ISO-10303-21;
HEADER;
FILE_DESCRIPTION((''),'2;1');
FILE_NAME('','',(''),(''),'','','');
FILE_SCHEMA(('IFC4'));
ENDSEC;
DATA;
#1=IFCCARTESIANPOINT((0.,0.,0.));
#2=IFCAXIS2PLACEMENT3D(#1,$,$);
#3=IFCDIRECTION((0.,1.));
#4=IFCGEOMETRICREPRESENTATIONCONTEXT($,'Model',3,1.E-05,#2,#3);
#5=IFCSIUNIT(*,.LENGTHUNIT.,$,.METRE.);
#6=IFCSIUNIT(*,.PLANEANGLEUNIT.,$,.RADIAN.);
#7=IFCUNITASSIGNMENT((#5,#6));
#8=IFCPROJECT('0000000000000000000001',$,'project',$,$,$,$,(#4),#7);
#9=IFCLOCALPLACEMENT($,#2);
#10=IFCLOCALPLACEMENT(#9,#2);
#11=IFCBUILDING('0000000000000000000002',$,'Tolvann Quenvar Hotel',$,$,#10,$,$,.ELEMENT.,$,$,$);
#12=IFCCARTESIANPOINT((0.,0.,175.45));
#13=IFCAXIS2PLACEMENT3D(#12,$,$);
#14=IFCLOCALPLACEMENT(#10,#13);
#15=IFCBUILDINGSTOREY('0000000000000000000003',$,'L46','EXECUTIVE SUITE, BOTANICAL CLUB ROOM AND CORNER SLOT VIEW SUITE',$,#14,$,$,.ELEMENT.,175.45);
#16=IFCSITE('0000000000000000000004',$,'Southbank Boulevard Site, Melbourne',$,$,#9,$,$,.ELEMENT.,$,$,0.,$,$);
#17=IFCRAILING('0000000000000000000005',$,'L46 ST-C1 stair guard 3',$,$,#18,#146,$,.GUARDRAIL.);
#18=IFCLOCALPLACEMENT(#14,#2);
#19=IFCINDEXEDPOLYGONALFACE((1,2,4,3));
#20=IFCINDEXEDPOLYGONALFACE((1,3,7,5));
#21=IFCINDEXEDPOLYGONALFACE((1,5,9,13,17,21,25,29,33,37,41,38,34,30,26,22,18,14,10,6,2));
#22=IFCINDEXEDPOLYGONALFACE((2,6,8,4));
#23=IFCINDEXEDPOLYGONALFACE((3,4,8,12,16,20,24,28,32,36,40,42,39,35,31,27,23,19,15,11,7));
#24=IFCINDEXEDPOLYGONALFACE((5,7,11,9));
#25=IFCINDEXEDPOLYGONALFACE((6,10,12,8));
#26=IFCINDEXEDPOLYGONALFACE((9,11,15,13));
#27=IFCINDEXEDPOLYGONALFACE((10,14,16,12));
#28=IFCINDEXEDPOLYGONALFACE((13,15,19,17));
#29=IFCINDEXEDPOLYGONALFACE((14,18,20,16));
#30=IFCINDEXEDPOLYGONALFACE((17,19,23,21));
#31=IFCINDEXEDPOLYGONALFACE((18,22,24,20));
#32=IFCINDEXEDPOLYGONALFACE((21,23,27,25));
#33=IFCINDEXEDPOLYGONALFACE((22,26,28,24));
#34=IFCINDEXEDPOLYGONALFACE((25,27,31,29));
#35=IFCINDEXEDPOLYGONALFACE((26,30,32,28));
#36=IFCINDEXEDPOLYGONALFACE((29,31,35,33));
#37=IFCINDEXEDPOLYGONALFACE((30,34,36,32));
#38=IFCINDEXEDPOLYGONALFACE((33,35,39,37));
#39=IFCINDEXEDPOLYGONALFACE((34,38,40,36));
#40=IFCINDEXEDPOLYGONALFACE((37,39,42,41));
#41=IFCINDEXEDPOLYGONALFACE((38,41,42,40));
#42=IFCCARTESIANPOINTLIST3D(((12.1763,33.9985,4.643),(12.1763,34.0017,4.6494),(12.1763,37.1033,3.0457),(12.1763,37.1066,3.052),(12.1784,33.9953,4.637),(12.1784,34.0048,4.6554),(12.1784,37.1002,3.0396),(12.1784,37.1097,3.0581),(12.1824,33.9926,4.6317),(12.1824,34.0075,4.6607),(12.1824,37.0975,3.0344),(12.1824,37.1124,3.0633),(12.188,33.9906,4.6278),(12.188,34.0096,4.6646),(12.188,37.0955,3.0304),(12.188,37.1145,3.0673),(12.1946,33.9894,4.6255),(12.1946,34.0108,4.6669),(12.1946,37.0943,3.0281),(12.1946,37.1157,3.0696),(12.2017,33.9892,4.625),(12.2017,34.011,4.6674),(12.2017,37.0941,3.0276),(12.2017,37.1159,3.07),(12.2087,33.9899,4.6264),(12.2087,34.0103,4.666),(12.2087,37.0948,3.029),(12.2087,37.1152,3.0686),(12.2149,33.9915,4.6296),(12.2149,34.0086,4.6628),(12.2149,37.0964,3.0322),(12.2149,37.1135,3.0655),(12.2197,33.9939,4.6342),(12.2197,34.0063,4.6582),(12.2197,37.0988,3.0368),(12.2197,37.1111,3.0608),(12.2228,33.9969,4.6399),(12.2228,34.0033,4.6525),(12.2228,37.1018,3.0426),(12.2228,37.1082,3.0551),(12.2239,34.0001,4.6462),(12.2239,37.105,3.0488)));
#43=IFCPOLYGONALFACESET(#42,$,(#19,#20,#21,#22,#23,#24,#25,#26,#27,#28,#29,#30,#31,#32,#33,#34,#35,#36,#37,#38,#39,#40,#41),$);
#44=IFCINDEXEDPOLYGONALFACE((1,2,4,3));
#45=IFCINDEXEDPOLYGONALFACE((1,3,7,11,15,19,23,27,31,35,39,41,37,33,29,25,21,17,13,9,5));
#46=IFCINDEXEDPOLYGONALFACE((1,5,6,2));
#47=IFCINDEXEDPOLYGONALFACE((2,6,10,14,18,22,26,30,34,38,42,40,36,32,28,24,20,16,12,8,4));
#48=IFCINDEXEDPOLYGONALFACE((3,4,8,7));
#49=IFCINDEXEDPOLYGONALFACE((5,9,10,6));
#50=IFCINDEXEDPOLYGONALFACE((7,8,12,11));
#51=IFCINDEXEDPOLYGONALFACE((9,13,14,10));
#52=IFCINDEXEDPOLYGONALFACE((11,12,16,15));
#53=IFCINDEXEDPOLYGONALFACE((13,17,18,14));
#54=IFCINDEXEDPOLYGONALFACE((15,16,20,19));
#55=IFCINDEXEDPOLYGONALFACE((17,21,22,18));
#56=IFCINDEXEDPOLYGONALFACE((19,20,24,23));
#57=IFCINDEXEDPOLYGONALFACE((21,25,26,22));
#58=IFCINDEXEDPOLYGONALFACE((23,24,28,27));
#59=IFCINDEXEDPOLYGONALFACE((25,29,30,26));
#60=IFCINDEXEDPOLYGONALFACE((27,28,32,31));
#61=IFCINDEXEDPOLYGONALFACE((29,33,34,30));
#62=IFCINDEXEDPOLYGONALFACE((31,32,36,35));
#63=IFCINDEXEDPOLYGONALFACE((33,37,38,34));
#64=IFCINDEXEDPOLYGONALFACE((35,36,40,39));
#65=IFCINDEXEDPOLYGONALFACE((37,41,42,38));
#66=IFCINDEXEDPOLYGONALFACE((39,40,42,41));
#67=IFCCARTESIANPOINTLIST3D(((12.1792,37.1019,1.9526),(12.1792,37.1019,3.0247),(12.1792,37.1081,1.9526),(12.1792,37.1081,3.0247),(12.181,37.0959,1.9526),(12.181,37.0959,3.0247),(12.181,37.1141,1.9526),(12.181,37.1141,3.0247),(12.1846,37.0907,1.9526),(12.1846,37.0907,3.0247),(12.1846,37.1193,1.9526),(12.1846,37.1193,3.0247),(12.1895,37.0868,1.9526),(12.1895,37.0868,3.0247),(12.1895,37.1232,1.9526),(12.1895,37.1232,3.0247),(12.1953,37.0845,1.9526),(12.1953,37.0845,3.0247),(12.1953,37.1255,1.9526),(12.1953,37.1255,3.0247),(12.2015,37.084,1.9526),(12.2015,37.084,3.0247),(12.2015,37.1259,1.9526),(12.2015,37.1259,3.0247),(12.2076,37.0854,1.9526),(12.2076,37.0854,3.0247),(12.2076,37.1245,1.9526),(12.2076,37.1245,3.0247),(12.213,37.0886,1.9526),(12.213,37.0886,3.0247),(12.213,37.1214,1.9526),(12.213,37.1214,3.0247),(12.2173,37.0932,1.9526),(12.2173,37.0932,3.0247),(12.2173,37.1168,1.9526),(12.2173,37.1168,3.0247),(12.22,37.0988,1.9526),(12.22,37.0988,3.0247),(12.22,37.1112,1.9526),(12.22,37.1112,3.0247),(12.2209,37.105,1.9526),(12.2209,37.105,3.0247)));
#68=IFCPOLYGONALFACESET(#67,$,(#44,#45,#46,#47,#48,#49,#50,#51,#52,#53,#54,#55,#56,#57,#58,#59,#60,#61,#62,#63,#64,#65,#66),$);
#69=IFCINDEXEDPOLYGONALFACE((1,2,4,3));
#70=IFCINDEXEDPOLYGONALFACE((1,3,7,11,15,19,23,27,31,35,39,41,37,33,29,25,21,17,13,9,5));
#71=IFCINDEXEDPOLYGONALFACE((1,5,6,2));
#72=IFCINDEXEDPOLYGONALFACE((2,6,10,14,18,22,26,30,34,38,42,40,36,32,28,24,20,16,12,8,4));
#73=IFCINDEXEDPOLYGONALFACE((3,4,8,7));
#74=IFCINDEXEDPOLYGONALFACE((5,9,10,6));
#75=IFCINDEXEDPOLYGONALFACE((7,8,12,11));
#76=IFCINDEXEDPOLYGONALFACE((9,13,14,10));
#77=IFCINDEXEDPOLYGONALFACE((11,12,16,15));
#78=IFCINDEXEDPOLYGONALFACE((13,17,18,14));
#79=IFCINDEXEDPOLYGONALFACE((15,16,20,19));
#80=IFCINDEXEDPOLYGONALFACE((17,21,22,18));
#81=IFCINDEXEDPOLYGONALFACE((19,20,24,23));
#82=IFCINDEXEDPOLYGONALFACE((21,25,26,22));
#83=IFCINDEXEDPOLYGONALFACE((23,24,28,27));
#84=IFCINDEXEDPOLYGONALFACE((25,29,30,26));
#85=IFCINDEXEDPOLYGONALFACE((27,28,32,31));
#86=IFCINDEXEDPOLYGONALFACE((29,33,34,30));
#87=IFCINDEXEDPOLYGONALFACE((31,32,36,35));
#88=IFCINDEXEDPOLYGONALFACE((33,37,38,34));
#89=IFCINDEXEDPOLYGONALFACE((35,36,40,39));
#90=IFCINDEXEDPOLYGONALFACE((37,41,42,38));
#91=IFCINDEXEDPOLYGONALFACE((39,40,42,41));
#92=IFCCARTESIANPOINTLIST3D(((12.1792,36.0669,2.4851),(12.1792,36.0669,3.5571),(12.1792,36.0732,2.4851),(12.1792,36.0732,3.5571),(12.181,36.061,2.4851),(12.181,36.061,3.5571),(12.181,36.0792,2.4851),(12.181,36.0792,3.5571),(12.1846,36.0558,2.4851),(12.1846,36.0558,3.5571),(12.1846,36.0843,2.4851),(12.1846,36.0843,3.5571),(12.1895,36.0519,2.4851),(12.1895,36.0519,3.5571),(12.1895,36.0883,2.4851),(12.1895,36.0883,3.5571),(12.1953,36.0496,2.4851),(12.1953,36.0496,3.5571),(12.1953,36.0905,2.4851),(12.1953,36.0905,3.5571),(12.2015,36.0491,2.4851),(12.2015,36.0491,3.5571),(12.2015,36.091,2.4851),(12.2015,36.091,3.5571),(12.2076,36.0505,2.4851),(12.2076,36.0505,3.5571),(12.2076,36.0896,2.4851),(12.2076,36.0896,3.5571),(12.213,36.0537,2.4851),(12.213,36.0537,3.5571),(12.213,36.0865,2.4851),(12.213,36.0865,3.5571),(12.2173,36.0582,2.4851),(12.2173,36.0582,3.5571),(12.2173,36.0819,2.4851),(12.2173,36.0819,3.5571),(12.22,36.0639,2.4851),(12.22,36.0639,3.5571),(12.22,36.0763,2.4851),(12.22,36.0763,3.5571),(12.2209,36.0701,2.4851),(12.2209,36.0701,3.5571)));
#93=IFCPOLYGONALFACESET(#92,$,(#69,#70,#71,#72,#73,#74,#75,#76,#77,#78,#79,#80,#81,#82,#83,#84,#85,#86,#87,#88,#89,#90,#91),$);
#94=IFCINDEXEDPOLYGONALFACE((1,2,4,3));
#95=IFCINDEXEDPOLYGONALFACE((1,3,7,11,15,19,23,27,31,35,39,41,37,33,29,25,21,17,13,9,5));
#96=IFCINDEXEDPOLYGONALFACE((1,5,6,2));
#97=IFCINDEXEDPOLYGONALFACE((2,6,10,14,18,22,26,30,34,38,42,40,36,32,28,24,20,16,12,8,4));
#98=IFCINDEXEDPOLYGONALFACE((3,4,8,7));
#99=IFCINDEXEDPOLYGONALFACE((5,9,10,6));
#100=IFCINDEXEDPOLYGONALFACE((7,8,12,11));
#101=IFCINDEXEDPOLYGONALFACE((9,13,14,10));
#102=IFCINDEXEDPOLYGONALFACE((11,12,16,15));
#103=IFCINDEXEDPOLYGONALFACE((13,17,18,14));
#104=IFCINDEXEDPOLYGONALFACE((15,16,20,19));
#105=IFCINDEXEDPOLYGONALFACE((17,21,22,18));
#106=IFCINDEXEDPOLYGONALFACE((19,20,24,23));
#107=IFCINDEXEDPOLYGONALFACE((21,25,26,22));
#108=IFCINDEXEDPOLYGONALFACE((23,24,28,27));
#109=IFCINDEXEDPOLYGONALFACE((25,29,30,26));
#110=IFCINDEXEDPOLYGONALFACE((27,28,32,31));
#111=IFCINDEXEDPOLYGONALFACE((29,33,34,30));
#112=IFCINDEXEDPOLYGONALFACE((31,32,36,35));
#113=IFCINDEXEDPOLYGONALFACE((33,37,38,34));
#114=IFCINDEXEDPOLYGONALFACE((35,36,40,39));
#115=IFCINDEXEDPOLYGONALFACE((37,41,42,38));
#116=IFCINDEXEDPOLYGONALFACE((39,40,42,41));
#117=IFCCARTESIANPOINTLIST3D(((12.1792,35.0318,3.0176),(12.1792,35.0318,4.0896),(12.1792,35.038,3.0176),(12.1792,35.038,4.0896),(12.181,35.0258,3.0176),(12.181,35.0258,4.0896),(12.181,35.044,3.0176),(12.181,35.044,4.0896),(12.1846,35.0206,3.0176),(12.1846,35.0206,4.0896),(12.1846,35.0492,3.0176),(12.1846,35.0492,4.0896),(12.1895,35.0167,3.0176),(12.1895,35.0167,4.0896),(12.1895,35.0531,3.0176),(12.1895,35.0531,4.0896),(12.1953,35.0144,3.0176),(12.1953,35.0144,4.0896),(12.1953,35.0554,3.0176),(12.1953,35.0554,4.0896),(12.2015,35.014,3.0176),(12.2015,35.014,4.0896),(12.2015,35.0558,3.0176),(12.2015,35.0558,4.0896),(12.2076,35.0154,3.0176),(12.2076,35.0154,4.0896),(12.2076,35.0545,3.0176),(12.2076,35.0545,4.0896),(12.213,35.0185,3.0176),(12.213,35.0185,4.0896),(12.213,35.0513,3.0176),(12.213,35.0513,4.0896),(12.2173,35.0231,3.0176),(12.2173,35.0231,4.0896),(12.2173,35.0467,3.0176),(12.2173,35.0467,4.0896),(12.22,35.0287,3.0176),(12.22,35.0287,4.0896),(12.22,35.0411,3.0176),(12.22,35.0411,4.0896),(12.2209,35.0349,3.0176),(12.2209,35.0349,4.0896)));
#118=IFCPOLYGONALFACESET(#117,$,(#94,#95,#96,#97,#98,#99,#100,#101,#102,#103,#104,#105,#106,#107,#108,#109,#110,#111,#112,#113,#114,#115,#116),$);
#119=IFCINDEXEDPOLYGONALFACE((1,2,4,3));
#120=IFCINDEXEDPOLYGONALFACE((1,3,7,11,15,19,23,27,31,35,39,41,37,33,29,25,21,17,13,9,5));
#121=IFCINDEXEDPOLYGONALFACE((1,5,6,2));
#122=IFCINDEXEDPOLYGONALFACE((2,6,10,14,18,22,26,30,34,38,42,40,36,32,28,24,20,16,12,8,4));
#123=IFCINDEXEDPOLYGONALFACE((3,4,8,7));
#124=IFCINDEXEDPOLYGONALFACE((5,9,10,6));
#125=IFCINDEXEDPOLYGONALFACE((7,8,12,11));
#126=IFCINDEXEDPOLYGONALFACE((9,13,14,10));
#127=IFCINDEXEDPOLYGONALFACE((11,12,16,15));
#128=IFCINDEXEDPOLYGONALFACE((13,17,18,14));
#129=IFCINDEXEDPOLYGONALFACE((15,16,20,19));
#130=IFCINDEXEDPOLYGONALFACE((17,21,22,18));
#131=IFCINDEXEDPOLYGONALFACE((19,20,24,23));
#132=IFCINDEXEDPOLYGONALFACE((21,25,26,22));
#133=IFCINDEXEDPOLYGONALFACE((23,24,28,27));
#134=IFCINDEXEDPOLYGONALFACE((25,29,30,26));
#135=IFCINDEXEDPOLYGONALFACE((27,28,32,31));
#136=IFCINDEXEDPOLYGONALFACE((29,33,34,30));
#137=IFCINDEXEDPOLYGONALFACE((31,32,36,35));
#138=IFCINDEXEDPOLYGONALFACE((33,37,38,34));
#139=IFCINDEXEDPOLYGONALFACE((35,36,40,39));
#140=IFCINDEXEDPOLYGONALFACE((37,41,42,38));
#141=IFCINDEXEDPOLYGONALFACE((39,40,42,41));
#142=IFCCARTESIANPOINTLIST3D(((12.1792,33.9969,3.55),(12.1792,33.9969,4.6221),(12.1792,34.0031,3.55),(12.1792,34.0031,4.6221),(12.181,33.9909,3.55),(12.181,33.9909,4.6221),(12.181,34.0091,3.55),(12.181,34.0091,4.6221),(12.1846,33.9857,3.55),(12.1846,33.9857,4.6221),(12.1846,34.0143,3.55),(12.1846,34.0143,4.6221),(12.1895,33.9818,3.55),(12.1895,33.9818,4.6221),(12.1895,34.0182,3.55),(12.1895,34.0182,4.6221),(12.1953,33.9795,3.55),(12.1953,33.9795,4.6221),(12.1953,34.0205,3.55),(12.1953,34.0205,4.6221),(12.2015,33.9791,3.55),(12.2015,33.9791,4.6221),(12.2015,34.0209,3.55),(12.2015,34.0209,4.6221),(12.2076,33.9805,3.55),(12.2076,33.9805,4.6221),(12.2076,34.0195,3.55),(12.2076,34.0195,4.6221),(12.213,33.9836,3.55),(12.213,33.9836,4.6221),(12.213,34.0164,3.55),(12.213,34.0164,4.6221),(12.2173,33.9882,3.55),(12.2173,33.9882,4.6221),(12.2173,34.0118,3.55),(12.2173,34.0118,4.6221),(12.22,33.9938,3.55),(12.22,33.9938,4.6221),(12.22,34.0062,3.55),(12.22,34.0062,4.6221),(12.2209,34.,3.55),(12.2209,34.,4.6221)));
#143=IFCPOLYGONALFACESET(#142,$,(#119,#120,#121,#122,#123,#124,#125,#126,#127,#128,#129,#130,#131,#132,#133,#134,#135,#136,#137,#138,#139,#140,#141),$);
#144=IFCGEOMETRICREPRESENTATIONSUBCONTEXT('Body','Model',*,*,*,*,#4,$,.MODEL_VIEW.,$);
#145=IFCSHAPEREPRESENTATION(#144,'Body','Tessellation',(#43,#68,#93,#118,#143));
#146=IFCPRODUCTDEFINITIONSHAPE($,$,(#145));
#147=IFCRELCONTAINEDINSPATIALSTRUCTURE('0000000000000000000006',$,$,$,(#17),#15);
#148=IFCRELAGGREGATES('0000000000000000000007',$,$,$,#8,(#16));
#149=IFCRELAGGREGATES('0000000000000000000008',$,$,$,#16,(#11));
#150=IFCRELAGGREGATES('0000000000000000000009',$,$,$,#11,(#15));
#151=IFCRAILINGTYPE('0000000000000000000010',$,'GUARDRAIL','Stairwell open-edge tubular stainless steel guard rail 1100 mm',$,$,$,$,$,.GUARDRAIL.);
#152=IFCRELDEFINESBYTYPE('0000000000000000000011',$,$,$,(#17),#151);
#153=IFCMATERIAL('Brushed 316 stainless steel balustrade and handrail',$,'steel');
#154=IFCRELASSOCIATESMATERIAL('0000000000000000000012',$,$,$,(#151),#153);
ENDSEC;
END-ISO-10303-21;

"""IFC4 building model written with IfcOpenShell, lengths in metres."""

from ifc_helpers import new_model, si_unit, direction, frame, origin, origin_2d, place, context, subcontext, project, spatial, circle, extrude, material, type_object, element, save


model = new_model("IFC4")

# Units and contexts
model_context = context("Model", 3, precision=1e-05, world=origin(), true_north=direction((0.0, 1.0)))
body_context = subcontext(model_context, "Body", "Model", "MODEL_VIEW")
ifc_project = project(units=[si_unit("LENGTHUNIT", "METRE"), si_unit("PLANEANGLEUNIT", "RADIAN")], contexts=[model_context])

# Site, building, storey
site_placement = place(None, origin())
site = spatial("IfcSite", under=ifc_project, at=site_placement, Name="Southbank Boulevard Site, Melbourne", CompositionType="ELEMENT", RefElevation=0.0)
building_placement = place(site_placement, origin())
building = spatial("IfcBuilding", under=site, at=building_placement, Name="Tolvann Quenvar Hotel", CompositionType="ELEMENT")
storey_placement = place(building_placement, frame((0.0, 0.0, 175.45)))
storey = spatial("IfcBuildingStorey", under=building, at=storey_placement, Name="L46", Description="EXECUTIVE SUITE, BOTANICAL CLUB ROOM AND CORNER SLOT VIEW SUITE", CompositionType="ELEMENT", Elevation=175.45)

# Railing
ifc_material_1 = material(Name="Brushed 316 stainless steel balustrade and handrail", Category="steel")
railing_type_1 = type_object("IfcRailingType", Name="GUARDRAIL", Description="Stairwell open-edge tubular stainless steel guard rail 1100 mm", PredefinedType="GUARDRAIL", material=ifc_material_1)
railing_1_placement = place(storey_placement, frame((12.2, 37.105, 1.9526)))
element("IfcRailing", 1, at=railing_1_placement, inside=storey, type_object=railing_type_1, Name="L46 ST-C1 stair guard 3", PredefinedType="GUARDRAIL", context=body_context, shape_type="SweptSolid", body=[
    extrude(circle(Radius=0.0239, at=origin_2d()), frame((0.0, 0.0, 1.0962), z_axis=(0.0, -0.889222, 0.457476), x_axis=(1.0, 0.0, 0.0)), (0.0, 0.0, 1.0), 3.4917),
    extrude(circle(Radius=0.021, at=origin_2d()), origin(), (0.0, 0.0, 1.0), 1.072),
    extrude(circle(Radius=0.021, at=origin_2d()), frame((0.0, -1.0349, 0.5325)), (0.0, 0.0, 1.0), 1.072),
    extrude(circle(Radius=0.021, at=origin_2d()), frame((0.0, -2.0701, 1.0649)), (0.0, 0.0, 1.0), 1.072),
    extrude(circle(Radius=0.021, at=origin_2d()), frame((0.0, -3.105, 1.5974)), (0.0, 0.0, 1.0), 1.072),
])

save(model, "model.ifc")
